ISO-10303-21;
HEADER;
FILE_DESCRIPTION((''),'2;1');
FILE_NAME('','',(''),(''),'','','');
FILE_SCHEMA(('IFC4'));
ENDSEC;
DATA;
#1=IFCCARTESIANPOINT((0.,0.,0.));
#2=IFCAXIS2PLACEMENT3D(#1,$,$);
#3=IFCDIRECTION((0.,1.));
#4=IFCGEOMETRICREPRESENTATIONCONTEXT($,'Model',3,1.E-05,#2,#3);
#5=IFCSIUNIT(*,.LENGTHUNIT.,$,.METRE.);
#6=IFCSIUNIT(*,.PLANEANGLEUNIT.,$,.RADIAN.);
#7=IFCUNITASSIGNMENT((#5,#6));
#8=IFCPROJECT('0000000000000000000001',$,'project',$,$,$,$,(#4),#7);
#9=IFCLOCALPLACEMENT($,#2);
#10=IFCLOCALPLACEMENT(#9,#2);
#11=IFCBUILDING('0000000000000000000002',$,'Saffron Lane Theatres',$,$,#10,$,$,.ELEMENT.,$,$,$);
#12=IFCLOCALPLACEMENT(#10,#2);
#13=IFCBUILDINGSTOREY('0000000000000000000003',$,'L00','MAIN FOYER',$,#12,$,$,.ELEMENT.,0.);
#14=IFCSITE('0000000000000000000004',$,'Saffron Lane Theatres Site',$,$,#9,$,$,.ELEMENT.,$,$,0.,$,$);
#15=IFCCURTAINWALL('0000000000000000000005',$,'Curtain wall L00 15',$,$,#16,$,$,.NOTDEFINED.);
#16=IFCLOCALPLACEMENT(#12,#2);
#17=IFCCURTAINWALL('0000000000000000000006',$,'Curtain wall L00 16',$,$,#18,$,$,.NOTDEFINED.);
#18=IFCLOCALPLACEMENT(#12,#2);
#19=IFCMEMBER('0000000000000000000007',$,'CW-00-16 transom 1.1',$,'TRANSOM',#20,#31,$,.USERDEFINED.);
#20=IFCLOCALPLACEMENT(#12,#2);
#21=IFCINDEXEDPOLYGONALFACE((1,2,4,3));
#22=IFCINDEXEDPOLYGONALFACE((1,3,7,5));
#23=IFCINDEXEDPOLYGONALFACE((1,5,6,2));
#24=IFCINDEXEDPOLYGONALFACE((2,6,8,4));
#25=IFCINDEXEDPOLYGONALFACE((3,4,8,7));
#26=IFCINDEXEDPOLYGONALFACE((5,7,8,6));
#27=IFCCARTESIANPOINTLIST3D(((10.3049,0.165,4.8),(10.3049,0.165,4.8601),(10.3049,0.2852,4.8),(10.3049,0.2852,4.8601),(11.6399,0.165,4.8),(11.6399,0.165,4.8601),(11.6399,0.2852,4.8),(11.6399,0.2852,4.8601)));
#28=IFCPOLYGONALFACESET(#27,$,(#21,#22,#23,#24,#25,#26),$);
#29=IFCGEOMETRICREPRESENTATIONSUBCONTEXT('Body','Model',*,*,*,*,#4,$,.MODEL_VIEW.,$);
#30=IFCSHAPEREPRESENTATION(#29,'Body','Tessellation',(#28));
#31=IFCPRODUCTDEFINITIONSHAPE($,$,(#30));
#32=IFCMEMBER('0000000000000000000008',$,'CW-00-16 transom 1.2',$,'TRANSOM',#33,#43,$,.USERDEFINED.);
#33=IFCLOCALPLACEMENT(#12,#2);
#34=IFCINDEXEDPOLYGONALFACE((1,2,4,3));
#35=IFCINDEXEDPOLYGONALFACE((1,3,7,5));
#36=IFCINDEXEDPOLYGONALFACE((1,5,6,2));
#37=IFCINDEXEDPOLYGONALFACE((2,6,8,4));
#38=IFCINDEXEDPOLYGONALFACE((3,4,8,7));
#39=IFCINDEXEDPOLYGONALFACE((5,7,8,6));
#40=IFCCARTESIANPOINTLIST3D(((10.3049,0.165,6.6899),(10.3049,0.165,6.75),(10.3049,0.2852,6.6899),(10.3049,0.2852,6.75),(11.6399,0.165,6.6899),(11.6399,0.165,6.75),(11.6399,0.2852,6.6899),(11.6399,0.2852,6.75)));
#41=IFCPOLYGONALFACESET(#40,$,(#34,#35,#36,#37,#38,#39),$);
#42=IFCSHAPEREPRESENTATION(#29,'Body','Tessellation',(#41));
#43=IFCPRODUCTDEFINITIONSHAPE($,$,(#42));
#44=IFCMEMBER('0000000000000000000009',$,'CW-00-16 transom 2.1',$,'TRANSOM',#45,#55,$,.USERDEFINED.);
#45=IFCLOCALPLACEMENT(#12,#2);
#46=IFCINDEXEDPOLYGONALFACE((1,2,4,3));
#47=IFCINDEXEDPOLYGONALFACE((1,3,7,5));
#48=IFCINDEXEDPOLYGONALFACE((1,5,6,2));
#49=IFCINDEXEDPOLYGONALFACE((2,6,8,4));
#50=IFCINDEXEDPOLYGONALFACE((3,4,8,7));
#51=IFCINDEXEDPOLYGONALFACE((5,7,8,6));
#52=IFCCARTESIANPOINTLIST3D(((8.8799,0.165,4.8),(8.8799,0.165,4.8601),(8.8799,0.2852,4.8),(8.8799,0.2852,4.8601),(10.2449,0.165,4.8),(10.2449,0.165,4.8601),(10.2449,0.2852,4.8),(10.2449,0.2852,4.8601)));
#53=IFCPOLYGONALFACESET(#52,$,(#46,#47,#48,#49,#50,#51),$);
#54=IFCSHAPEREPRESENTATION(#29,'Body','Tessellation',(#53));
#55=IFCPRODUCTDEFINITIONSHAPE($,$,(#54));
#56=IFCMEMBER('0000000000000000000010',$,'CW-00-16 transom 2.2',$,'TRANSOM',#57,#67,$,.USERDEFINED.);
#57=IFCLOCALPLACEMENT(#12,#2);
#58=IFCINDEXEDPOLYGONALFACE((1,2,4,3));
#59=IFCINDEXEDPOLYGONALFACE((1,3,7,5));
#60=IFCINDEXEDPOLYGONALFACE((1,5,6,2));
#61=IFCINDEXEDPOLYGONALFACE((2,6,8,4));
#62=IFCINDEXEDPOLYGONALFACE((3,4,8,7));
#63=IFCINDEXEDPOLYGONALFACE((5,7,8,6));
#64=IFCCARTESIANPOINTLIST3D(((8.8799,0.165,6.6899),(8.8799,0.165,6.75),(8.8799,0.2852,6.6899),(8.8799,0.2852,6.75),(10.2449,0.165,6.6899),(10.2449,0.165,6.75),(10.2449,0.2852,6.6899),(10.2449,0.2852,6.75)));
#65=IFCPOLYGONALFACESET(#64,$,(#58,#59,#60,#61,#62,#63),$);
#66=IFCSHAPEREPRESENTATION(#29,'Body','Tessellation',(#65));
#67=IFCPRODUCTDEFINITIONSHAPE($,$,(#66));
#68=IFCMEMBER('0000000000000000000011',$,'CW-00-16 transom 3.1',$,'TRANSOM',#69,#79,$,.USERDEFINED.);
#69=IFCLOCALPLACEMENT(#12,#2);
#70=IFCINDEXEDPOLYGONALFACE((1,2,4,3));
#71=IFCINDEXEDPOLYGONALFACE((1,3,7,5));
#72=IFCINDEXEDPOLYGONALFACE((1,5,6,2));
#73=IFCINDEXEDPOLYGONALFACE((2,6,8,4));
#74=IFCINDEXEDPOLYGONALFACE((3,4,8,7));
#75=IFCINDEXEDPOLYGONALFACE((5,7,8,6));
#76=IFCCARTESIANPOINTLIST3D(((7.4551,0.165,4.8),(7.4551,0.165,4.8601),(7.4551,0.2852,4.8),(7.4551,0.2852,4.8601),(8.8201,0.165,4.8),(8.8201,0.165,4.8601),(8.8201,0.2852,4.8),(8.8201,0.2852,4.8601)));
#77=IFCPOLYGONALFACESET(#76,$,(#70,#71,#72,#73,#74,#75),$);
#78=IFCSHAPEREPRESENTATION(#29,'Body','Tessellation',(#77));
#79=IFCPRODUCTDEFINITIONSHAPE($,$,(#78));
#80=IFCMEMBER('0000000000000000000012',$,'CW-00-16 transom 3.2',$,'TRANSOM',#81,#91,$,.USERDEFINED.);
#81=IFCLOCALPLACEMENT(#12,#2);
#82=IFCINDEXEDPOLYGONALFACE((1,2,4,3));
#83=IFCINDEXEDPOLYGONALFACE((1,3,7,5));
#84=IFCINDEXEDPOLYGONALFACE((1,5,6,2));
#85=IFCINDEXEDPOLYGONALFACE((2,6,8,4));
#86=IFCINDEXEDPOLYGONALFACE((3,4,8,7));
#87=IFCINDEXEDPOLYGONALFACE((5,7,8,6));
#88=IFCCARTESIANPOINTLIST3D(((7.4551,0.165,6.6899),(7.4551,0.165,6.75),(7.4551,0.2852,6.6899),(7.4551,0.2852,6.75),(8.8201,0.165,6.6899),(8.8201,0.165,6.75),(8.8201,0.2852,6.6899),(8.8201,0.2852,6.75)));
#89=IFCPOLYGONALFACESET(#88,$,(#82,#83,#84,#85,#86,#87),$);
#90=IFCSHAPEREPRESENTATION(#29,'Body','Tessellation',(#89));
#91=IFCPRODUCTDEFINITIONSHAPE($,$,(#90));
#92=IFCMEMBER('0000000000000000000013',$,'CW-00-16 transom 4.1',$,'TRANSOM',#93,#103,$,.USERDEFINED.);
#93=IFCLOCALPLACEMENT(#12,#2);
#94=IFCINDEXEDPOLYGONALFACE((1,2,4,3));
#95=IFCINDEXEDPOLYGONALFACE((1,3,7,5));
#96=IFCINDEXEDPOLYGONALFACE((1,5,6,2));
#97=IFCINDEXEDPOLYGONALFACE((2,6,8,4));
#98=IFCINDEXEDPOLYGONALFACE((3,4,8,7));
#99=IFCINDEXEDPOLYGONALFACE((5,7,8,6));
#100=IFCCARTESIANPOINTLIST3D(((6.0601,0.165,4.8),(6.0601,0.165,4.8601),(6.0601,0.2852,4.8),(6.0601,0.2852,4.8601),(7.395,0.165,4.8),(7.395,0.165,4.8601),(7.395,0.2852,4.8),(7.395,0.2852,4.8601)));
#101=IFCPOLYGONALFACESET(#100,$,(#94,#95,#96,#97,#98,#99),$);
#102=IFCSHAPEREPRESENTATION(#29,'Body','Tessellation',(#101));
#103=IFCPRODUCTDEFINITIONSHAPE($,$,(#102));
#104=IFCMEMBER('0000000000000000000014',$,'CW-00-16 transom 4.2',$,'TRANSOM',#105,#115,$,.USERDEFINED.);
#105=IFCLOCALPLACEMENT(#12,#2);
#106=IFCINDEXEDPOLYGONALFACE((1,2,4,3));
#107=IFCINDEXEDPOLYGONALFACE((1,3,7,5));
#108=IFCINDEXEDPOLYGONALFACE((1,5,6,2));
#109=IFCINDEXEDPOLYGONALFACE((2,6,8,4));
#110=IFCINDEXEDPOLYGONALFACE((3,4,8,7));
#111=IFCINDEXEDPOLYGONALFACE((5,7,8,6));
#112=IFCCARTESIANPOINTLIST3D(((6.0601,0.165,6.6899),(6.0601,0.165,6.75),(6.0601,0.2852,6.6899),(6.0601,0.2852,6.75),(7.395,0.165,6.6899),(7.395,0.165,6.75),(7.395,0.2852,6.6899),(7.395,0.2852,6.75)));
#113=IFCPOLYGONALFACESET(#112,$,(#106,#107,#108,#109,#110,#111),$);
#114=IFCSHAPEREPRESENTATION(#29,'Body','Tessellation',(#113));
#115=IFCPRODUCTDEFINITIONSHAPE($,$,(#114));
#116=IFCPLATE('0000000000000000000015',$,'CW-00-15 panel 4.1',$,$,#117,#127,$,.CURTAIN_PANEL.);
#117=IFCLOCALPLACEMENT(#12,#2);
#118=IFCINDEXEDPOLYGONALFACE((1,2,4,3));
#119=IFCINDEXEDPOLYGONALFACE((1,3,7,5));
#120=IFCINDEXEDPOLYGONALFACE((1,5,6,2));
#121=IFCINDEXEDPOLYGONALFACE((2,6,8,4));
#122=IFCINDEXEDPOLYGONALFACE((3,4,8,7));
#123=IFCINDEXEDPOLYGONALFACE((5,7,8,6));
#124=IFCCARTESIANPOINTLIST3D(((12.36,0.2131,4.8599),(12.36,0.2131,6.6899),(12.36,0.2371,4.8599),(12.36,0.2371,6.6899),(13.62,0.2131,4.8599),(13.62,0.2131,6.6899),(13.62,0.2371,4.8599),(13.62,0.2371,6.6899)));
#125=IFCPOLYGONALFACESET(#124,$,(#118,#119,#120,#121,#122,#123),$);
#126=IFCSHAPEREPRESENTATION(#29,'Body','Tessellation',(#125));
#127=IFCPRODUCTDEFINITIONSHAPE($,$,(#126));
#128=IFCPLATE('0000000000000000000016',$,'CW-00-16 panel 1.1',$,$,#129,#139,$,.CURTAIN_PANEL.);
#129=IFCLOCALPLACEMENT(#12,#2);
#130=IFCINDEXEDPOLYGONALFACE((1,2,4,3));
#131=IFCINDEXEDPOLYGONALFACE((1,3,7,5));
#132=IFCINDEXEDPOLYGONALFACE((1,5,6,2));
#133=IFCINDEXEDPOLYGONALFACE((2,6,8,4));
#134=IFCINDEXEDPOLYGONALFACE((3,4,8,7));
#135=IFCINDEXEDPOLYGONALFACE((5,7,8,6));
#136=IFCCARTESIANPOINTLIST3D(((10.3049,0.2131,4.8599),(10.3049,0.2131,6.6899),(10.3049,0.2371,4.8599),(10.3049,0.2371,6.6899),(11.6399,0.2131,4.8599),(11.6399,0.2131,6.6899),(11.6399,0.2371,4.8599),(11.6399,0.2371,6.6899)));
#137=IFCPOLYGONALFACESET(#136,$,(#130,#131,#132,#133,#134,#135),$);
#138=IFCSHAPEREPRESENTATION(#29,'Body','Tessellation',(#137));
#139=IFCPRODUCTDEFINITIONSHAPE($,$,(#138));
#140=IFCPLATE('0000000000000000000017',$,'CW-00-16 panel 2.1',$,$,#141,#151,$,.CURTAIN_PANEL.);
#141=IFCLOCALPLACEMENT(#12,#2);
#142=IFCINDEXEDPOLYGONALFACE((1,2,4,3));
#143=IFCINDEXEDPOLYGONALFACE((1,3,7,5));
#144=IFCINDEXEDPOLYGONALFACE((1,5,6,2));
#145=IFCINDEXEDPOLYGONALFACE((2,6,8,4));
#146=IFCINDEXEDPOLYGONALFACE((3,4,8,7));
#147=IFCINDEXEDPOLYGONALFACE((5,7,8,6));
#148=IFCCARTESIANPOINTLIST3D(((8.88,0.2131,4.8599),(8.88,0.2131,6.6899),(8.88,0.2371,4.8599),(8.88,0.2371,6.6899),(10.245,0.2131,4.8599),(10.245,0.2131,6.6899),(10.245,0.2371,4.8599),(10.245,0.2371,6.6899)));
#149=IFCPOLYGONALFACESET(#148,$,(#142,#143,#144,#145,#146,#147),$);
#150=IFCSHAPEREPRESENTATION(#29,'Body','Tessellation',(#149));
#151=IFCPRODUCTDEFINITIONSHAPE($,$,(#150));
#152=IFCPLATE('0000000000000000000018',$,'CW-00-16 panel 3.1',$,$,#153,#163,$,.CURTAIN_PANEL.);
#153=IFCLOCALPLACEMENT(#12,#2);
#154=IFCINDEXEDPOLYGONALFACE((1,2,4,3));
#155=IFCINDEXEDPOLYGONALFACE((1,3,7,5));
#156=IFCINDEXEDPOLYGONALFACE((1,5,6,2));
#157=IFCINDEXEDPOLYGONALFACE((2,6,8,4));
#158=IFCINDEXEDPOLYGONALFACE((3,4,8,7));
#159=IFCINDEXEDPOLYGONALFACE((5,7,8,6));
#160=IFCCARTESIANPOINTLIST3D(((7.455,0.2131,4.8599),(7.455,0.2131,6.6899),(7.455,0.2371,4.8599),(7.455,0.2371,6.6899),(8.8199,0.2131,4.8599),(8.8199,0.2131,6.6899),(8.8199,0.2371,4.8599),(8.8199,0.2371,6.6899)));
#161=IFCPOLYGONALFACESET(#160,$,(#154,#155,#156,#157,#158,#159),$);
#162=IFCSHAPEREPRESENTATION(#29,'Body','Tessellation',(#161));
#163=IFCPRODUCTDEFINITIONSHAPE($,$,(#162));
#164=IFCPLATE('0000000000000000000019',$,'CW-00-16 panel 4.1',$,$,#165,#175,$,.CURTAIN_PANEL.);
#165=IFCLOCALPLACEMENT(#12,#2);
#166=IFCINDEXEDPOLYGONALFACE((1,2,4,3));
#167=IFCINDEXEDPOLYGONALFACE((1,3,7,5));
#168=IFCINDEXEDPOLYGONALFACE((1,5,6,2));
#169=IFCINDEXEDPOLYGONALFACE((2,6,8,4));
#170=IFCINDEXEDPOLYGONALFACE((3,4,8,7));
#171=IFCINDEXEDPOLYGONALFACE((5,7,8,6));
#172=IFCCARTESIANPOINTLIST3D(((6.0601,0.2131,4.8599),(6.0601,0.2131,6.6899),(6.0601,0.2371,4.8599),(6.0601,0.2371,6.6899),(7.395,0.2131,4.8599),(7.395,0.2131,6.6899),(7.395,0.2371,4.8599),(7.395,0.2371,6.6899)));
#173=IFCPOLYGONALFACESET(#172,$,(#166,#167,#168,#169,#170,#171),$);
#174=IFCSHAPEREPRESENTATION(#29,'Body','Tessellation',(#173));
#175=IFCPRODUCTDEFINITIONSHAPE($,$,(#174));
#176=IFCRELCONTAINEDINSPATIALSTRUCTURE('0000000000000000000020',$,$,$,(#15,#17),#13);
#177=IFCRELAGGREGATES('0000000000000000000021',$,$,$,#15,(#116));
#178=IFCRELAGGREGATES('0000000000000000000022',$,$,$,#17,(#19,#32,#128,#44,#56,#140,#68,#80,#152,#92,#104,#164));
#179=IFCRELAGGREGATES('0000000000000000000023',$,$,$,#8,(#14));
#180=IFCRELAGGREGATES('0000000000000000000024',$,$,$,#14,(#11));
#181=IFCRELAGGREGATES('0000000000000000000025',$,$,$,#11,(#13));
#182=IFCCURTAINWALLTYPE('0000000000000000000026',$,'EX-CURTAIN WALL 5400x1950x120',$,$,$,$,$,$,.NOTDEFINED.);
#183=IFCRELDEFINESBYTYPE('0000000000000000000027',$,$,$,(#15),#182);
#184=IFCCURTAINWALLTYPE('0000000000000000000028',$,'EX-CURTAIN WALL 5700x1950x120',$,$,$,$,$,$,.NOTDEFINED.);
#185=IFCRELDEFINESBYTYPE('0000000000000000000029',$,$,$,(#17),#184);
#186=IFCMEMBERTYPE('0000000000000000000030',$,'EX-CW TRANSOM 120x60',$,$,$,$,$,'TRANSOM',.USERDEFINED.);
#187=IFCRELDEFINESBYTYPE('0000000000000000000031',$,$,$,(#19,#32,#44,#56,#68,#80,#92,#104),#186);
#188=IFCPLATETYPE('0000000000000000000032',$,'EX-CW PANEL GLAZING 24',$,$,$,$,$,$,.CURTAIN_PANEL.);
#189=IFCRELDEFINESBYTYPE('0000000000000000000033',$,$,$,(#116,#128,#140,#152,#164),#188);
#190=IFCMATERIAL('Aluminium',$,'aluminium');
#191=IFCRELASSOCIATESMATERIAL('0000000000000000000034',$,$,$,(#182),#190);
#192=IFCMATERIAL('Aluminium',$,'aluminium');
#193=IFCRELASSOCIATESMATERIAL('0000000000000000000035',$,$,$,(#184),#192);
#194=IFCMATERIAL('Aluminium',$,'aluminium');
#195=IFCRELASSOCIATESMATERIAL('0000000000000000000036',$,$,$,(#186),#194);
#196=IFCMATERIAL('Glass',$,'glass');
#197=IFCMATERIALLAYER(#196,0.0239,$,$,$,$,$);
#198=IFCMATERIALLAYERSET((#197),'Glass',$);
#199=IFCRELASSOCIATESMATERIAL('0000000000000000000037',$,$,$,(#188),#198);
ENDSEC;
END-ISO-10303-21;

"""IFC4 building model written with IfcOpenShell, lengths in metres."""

from ifc_helpers import new_model, si_unit, direction, frame, origin, origin_2d, place, context, subcontext, project, spatial, rectangle, extrude, material, layer, layer_set, material_profile, profile_set, type_object, element, aggregate, save


model = new_model("IFC4")

# Units and contexts
model_context = context("Model", 3, precision=1e-05, world=origin(), true_north=direction((0.0, 1.0)))
body_context = subcontext(model_context, "Body", "Model", "MODEL_VIEW")
ifc_project = project(units=[si_unit("LENGTHUNIT", "METRE"), si_unit("PLANEANGLEUNIT", "RADIAN")], contexts=[model_context])

# Site, building, storey
site_placement = place(None, origin())
site = spatial("IfcSite", under=ifc_project, at=site_placement, Name="Saffron Lane Theatres Site", CompositionType="ELEMENT", RefElevation=0.0)
building_placement = place(site_placement, origin())
building = spatial("IfcBuilding", under=site, at=building_placement, Name="Saffron Lane Theatres", CompositionType="ELEMENT")
storey_placement = place(building_placement, origin())
storey = spatial("IfcBuildingStorey", under=building, at=storey_placement, Name="L00", Description="MAIN FOYER", CompositionType="ELEMENT", Elevation=0.0)

# Curtain walls
ifc_material_1 = material(Name="Aluminium", Category="aluminium")
curtain_wall_type_1 = type_object("IfcCurtainWallType", Name="EX-CURTAIN WALL 5400x1950x120", PredefinedType="NOTDEFINED", material=ifc_material_1)
curtain_wall_1_placement = place(storey_placement, origin())
curtain_wall_1 = element("IfcCurtainWall", 1, at=curtain_wall_1_placement, inside=storey, type_object=curtain_wall_type_1, Name="Curtain wall L00 15", PredefinedType="NOTDEFINED")
ifc_material_2 = material(Name="Aluminium", Category="aluminium")
curtain_wall_type_2 = type_object("IfcCurtainWallType", Name="EX-CURTAIN WALL 5700x1950x120", PredefinedType="NOTDEFINED", material=ifc_material_2)
curtain_wall_2_placement = place(storey_placement, origin())
curtain_wall_2 = element("IfcCurtainWall", 2, at=curtain_wall_2_placement, inside=storey, type_object=curtain_wall_type_2, Name="Curtain wall L00 16", PredefinedType="NOTDEFINED")

# Members
ifc_material_3 = material(Name="Aluminium", Category="aluminium")
ifc_material_profile_1 = material_profile(ifc_material_3, rectangle(XDim=0.1201, YDim=0.0601, at=origin_2d()))
ifc_profile_set_1 = profile_set([ifc_material_profile_1], Name="Aluminium")
member_type_1 = type_object("IfcMemberType", Name="EX-CW TRANSOM 120x60", ElementType="TRANSOM", PredefinedType="USERDEFINED", material=ifc_profile_set_1)
member_1_placement = place(storey_placement, frame((11.6399, 0.2251, 4.8301), z_axis=(-1.0, 0.0, 0.0), x_axis=(0.0, -1.0, 0.0)))
member_1 = element("IfcMember", 3, at=member_1_placement, type_object=member_type_1, Name="CW-00-16 transom 1.1", ObjectType="TRANSOM", PredefinedType="USERDEFINED", context=body_context, shape_type="SweptSolid", body=[
    extrude(rectangle(XDim=0.1201, YDim=0.0601, at=origin_2d()), origin(), (0.0, 0.0, 1.0), 1.335),
])
member_2_placement = place(storey_placement, frame((11.6399, 0.2251, 6.72), z_axis=(-1.0, 0.0, 0.0), x_axis=(0.0, -1.0, 0.0)))
member_2 = element("IfcMember", 4, at=member_2_placement, type_object=member_type_1, Name="CW-00-16 transom 1.2", ObjectType="TRANSOM", PredefinedType="USERDEFINED", context=body_context, shape_type="SweptSolid", body=[
    extrude(rectangle(XDim=0.1201, YDim=0.0601, at=origin_2d()), origin(), (0.0, 0.0, 1.0), 1.335),
])
member_3_placement = place(storey_placement, frame((10.2449, 0.2251, 4.8301), z_axis=(-1.0, 0.0, 0.0), x_axis=(0.0, -1.0, 0.0)))
member_3 = element("IfcMember", 5, at=member_3_placement, type_object=member_type_1, Name="CW-00-16 transom 2.1", ObjectType="TRANSOM", PredefinedType="USERDEFINED", context=body_context, shape_type="SweptSolid", body=[
    extrude(rectangle(XDim=0.1201, YDim=0.0601, at=origin_2d()), origin(), (0.0, 0.0, 1.0), 1.365),
])
member_4_placement = place(storey_placement, frame((10.2449, 0.2251, 6.72), z_axis=(-1.0, 0.0, 0.0), x_axis=(0.0, -1.0, 0.0)))
member_4 = element("IfcMember", 6, at=member_4_placement, type_object=member_type_1, Name="CW-00-16 transom 2.2", ObjectType="TRANSOM", PredefinedType="USERDEFINED", context=body_context, shape_type="SweptSolid", body=[
    extrude(rectangle(XDim=0.1201, YDim=0.0601, at=origin_2d()), origin(), (0.0, 0.0, 1.0), 1.365),
])
member_5_placement = place(storey_placement, frame((8.8201, 0.2251, 4.8301), z_axis=(-1.0, 0.0, 0.0), x_axis=(0.0, -1.0, 0.0)))
member_5 = element("IfcMember", 7, at=member_5_placement, type_object=member_type_1, Name="CW-00-16 transom 3.1", ObjectType="TRANSOM", PredefinedType="USERDEFINED", context=body_context, shape_type="SweptSolid", body=[
    extrude(rectangle(XDim=0.1201, YDim=0.0601, at=origin_2d()), origin(), (0.0, 0.0, 1.0), 1.365),
])
member_6_placement = place(storey_placement, frame((8.8201, 0.2251, 6.72), z_axis=(-1.0, 0.0, 0.0), x_axis=(0.0, -1.0, 0.0)))
member_6 = element("IfcMember", 8, at=member_6_placement, type_object=member_type_1, Name="CW-00-16 transom 3.2", ObjectType="TRANSOM", PredefinedType="USERDEFINED", context=body_context, shape_type="SweptSolid", body=[
    extrude(rectangle(XDim=0.1201, YDim=0.0601, at=origin_2d()), origin(), (0.0, 0.0, 1.0), 1.365),
])
member_7_placement = place(storey_placement, frame((7.395, 0.2251, 4.8301), z_axis=(-1.0, 0.0, 0.0), x_axis=(0.0, -1.0, 0.0)))
member_7 = element("IfcMember", 9, at=member_7_placement, type_object=member_type_1, Name="CW-00-16 transom 4.1", ObjectType="TRANSOM", PredefinedType="USERDEFINED", context=body_context, shape_type="SweptSolid", body=[
    extrude(rectangle(XDim=0.1201, YDim=0.0601, at=origin_2d()), origin(), (0.0, 0.0, 1.0), 1.335),
])
member_8_placement = place(storey_placement, frame((7.395, 0.2251, 6.72), z_axis=(-1.0, 0.0, 0.0), x_axis=(0.0, -1.0, 0.0)))
member_8 = element("IfcMember", 10, at=member_8_placement, type_object=member_type_1, Name="CW-00-16 transom 4.2", ObjectType="TRANSOM", PredefinedType="USERDEFINED", context=body_context, shape_type="SweptSolid", body=[
    extrude(rectangle(XDim=0.1201, YDim=0.0601, at=origin_2d()), origin(), (0.0, 0.0, 1.0), 1.335),
])

# Plates
ifc_material_4 = material(Name="Glass", Category="glass")
ifc_layer_1 = layer(ifc_material_4, 0.0239)
ifc_layer_set_1 = layer_set([ifc_layer_1], Name="Glass")
plate_type = type_object("IfcPlateType", Name="EX-CW PANEL GLAZING 24", PredefinedType="CURTAIN_PANEL", material=ifc_layer_set_1)
plate_1_placement = place(storey_placement, frame((12.99, 0.2251, 4.8599), z_axis=(0.0, 0.0, 1.0), x_axis=(-1.0, 0.0, 0.0)))
plate_1 = element("IfcPlate", 11, at=plate_1_placement, type_object=plate_type, Name="CW-00-15 panel 4.1", PredefinedType="CURTAIN_PANEL", context=body_context, shape_type="SweptSolid", body=[
    extrude(rectangle(XDim=1.26, YDim=0.0239, at=origin_2d()), origin(), (0.0, 0.0, 1.0), 1.8301),
])
aggregate(curtain_wall_1, [plate_1])
plate_2_placement = place(storey_placement, frame((10.9724, 0.2251, 4.8599), z_axis=(0.0, 0.0, 1.0), x_axis=(-1.0, 0.0, 0.0)))
plate_2 = element("IfcPlate", 12, at=plate_2_placement, type_object=plate_type, Name="CW-00-16 panel 1.1", PredefinedType="CURTAIN_PANEL", context=body_context, shape_type="SweptSolid", body=[
    extrude(rectangle(XDim=1.335, YDim=0.0239, at=origin_2d()), origin(), (0.0, 0.0, 1.0), 1.8301),
])
plate_3_placement = place(storey_placement, frame((9.5625, 0.2251, 4.8599), z_axis=(0.0, 0.0, 1.0), x_axis=(-1.0, 0.0, 0.0)))
plate_3 = element("IfcPlate", 13, at=plate_3_placement, type_object=plate_type, Name="CW-00-16 panel 2.1", PredefinedType="CURTAIN_PANEL", context=body_context, shape_type="SweptSolid", body=[
    extrude(rectangle(XDim=1.365, YDim=0.0239, at=origin_2d()), origin(), (0.0, 0.0, 1.0), 1.8301),
])
plate_4_placement = place(storey_placement, frame((8.1375, 0.2251, 4.8599), z_axis=(0.0, 0.0, 1.0), x_axis=(-1.0, 0.0, 0.0)))
plate_4 = element("IfcPlate", 14, at=plate_4_placement, type_object=plate_type, Name="CW-00-16 panel 3.1", PredefinedType="CURTAIN_PANEL", context=body_context, shape_type="SweptSolid", body=[
    extrude(rectangle(XDim=1.365, YDim=0.0239, at=origin_2d()), origin(), (0.0, 0.0, 1.0), 1.8301),
])
plate_5_placement = place(storey_placement, frame((6.7275, 0.2251, 4.8599), z_axis=(0.0, 0.0, 1.0), x_axis=(-1.0, 0.0, 0.0)))
plate_5 = element("IfcPlate", 15, at=plate_5_placement, type_object=plate_type, Name="CW-00-16 panel 4.1", PredefinedType="CURTAIN_PANEL", context=body_context, shape_type="SweptSolid", body=[
    extrude(rectangle(XDim=1.335, YDim=0.0239, at=origin_2d()), origin(), (0.0, 0.0, 1.0), 1.8301),
])
aggregate(curtain_wall_2, [member_1, member_2, plate_2, member_3, member_4, plate_3, member_5, member_6, plate_4, member_7, member_8, plate_5])

save(model, "model.ifc")
